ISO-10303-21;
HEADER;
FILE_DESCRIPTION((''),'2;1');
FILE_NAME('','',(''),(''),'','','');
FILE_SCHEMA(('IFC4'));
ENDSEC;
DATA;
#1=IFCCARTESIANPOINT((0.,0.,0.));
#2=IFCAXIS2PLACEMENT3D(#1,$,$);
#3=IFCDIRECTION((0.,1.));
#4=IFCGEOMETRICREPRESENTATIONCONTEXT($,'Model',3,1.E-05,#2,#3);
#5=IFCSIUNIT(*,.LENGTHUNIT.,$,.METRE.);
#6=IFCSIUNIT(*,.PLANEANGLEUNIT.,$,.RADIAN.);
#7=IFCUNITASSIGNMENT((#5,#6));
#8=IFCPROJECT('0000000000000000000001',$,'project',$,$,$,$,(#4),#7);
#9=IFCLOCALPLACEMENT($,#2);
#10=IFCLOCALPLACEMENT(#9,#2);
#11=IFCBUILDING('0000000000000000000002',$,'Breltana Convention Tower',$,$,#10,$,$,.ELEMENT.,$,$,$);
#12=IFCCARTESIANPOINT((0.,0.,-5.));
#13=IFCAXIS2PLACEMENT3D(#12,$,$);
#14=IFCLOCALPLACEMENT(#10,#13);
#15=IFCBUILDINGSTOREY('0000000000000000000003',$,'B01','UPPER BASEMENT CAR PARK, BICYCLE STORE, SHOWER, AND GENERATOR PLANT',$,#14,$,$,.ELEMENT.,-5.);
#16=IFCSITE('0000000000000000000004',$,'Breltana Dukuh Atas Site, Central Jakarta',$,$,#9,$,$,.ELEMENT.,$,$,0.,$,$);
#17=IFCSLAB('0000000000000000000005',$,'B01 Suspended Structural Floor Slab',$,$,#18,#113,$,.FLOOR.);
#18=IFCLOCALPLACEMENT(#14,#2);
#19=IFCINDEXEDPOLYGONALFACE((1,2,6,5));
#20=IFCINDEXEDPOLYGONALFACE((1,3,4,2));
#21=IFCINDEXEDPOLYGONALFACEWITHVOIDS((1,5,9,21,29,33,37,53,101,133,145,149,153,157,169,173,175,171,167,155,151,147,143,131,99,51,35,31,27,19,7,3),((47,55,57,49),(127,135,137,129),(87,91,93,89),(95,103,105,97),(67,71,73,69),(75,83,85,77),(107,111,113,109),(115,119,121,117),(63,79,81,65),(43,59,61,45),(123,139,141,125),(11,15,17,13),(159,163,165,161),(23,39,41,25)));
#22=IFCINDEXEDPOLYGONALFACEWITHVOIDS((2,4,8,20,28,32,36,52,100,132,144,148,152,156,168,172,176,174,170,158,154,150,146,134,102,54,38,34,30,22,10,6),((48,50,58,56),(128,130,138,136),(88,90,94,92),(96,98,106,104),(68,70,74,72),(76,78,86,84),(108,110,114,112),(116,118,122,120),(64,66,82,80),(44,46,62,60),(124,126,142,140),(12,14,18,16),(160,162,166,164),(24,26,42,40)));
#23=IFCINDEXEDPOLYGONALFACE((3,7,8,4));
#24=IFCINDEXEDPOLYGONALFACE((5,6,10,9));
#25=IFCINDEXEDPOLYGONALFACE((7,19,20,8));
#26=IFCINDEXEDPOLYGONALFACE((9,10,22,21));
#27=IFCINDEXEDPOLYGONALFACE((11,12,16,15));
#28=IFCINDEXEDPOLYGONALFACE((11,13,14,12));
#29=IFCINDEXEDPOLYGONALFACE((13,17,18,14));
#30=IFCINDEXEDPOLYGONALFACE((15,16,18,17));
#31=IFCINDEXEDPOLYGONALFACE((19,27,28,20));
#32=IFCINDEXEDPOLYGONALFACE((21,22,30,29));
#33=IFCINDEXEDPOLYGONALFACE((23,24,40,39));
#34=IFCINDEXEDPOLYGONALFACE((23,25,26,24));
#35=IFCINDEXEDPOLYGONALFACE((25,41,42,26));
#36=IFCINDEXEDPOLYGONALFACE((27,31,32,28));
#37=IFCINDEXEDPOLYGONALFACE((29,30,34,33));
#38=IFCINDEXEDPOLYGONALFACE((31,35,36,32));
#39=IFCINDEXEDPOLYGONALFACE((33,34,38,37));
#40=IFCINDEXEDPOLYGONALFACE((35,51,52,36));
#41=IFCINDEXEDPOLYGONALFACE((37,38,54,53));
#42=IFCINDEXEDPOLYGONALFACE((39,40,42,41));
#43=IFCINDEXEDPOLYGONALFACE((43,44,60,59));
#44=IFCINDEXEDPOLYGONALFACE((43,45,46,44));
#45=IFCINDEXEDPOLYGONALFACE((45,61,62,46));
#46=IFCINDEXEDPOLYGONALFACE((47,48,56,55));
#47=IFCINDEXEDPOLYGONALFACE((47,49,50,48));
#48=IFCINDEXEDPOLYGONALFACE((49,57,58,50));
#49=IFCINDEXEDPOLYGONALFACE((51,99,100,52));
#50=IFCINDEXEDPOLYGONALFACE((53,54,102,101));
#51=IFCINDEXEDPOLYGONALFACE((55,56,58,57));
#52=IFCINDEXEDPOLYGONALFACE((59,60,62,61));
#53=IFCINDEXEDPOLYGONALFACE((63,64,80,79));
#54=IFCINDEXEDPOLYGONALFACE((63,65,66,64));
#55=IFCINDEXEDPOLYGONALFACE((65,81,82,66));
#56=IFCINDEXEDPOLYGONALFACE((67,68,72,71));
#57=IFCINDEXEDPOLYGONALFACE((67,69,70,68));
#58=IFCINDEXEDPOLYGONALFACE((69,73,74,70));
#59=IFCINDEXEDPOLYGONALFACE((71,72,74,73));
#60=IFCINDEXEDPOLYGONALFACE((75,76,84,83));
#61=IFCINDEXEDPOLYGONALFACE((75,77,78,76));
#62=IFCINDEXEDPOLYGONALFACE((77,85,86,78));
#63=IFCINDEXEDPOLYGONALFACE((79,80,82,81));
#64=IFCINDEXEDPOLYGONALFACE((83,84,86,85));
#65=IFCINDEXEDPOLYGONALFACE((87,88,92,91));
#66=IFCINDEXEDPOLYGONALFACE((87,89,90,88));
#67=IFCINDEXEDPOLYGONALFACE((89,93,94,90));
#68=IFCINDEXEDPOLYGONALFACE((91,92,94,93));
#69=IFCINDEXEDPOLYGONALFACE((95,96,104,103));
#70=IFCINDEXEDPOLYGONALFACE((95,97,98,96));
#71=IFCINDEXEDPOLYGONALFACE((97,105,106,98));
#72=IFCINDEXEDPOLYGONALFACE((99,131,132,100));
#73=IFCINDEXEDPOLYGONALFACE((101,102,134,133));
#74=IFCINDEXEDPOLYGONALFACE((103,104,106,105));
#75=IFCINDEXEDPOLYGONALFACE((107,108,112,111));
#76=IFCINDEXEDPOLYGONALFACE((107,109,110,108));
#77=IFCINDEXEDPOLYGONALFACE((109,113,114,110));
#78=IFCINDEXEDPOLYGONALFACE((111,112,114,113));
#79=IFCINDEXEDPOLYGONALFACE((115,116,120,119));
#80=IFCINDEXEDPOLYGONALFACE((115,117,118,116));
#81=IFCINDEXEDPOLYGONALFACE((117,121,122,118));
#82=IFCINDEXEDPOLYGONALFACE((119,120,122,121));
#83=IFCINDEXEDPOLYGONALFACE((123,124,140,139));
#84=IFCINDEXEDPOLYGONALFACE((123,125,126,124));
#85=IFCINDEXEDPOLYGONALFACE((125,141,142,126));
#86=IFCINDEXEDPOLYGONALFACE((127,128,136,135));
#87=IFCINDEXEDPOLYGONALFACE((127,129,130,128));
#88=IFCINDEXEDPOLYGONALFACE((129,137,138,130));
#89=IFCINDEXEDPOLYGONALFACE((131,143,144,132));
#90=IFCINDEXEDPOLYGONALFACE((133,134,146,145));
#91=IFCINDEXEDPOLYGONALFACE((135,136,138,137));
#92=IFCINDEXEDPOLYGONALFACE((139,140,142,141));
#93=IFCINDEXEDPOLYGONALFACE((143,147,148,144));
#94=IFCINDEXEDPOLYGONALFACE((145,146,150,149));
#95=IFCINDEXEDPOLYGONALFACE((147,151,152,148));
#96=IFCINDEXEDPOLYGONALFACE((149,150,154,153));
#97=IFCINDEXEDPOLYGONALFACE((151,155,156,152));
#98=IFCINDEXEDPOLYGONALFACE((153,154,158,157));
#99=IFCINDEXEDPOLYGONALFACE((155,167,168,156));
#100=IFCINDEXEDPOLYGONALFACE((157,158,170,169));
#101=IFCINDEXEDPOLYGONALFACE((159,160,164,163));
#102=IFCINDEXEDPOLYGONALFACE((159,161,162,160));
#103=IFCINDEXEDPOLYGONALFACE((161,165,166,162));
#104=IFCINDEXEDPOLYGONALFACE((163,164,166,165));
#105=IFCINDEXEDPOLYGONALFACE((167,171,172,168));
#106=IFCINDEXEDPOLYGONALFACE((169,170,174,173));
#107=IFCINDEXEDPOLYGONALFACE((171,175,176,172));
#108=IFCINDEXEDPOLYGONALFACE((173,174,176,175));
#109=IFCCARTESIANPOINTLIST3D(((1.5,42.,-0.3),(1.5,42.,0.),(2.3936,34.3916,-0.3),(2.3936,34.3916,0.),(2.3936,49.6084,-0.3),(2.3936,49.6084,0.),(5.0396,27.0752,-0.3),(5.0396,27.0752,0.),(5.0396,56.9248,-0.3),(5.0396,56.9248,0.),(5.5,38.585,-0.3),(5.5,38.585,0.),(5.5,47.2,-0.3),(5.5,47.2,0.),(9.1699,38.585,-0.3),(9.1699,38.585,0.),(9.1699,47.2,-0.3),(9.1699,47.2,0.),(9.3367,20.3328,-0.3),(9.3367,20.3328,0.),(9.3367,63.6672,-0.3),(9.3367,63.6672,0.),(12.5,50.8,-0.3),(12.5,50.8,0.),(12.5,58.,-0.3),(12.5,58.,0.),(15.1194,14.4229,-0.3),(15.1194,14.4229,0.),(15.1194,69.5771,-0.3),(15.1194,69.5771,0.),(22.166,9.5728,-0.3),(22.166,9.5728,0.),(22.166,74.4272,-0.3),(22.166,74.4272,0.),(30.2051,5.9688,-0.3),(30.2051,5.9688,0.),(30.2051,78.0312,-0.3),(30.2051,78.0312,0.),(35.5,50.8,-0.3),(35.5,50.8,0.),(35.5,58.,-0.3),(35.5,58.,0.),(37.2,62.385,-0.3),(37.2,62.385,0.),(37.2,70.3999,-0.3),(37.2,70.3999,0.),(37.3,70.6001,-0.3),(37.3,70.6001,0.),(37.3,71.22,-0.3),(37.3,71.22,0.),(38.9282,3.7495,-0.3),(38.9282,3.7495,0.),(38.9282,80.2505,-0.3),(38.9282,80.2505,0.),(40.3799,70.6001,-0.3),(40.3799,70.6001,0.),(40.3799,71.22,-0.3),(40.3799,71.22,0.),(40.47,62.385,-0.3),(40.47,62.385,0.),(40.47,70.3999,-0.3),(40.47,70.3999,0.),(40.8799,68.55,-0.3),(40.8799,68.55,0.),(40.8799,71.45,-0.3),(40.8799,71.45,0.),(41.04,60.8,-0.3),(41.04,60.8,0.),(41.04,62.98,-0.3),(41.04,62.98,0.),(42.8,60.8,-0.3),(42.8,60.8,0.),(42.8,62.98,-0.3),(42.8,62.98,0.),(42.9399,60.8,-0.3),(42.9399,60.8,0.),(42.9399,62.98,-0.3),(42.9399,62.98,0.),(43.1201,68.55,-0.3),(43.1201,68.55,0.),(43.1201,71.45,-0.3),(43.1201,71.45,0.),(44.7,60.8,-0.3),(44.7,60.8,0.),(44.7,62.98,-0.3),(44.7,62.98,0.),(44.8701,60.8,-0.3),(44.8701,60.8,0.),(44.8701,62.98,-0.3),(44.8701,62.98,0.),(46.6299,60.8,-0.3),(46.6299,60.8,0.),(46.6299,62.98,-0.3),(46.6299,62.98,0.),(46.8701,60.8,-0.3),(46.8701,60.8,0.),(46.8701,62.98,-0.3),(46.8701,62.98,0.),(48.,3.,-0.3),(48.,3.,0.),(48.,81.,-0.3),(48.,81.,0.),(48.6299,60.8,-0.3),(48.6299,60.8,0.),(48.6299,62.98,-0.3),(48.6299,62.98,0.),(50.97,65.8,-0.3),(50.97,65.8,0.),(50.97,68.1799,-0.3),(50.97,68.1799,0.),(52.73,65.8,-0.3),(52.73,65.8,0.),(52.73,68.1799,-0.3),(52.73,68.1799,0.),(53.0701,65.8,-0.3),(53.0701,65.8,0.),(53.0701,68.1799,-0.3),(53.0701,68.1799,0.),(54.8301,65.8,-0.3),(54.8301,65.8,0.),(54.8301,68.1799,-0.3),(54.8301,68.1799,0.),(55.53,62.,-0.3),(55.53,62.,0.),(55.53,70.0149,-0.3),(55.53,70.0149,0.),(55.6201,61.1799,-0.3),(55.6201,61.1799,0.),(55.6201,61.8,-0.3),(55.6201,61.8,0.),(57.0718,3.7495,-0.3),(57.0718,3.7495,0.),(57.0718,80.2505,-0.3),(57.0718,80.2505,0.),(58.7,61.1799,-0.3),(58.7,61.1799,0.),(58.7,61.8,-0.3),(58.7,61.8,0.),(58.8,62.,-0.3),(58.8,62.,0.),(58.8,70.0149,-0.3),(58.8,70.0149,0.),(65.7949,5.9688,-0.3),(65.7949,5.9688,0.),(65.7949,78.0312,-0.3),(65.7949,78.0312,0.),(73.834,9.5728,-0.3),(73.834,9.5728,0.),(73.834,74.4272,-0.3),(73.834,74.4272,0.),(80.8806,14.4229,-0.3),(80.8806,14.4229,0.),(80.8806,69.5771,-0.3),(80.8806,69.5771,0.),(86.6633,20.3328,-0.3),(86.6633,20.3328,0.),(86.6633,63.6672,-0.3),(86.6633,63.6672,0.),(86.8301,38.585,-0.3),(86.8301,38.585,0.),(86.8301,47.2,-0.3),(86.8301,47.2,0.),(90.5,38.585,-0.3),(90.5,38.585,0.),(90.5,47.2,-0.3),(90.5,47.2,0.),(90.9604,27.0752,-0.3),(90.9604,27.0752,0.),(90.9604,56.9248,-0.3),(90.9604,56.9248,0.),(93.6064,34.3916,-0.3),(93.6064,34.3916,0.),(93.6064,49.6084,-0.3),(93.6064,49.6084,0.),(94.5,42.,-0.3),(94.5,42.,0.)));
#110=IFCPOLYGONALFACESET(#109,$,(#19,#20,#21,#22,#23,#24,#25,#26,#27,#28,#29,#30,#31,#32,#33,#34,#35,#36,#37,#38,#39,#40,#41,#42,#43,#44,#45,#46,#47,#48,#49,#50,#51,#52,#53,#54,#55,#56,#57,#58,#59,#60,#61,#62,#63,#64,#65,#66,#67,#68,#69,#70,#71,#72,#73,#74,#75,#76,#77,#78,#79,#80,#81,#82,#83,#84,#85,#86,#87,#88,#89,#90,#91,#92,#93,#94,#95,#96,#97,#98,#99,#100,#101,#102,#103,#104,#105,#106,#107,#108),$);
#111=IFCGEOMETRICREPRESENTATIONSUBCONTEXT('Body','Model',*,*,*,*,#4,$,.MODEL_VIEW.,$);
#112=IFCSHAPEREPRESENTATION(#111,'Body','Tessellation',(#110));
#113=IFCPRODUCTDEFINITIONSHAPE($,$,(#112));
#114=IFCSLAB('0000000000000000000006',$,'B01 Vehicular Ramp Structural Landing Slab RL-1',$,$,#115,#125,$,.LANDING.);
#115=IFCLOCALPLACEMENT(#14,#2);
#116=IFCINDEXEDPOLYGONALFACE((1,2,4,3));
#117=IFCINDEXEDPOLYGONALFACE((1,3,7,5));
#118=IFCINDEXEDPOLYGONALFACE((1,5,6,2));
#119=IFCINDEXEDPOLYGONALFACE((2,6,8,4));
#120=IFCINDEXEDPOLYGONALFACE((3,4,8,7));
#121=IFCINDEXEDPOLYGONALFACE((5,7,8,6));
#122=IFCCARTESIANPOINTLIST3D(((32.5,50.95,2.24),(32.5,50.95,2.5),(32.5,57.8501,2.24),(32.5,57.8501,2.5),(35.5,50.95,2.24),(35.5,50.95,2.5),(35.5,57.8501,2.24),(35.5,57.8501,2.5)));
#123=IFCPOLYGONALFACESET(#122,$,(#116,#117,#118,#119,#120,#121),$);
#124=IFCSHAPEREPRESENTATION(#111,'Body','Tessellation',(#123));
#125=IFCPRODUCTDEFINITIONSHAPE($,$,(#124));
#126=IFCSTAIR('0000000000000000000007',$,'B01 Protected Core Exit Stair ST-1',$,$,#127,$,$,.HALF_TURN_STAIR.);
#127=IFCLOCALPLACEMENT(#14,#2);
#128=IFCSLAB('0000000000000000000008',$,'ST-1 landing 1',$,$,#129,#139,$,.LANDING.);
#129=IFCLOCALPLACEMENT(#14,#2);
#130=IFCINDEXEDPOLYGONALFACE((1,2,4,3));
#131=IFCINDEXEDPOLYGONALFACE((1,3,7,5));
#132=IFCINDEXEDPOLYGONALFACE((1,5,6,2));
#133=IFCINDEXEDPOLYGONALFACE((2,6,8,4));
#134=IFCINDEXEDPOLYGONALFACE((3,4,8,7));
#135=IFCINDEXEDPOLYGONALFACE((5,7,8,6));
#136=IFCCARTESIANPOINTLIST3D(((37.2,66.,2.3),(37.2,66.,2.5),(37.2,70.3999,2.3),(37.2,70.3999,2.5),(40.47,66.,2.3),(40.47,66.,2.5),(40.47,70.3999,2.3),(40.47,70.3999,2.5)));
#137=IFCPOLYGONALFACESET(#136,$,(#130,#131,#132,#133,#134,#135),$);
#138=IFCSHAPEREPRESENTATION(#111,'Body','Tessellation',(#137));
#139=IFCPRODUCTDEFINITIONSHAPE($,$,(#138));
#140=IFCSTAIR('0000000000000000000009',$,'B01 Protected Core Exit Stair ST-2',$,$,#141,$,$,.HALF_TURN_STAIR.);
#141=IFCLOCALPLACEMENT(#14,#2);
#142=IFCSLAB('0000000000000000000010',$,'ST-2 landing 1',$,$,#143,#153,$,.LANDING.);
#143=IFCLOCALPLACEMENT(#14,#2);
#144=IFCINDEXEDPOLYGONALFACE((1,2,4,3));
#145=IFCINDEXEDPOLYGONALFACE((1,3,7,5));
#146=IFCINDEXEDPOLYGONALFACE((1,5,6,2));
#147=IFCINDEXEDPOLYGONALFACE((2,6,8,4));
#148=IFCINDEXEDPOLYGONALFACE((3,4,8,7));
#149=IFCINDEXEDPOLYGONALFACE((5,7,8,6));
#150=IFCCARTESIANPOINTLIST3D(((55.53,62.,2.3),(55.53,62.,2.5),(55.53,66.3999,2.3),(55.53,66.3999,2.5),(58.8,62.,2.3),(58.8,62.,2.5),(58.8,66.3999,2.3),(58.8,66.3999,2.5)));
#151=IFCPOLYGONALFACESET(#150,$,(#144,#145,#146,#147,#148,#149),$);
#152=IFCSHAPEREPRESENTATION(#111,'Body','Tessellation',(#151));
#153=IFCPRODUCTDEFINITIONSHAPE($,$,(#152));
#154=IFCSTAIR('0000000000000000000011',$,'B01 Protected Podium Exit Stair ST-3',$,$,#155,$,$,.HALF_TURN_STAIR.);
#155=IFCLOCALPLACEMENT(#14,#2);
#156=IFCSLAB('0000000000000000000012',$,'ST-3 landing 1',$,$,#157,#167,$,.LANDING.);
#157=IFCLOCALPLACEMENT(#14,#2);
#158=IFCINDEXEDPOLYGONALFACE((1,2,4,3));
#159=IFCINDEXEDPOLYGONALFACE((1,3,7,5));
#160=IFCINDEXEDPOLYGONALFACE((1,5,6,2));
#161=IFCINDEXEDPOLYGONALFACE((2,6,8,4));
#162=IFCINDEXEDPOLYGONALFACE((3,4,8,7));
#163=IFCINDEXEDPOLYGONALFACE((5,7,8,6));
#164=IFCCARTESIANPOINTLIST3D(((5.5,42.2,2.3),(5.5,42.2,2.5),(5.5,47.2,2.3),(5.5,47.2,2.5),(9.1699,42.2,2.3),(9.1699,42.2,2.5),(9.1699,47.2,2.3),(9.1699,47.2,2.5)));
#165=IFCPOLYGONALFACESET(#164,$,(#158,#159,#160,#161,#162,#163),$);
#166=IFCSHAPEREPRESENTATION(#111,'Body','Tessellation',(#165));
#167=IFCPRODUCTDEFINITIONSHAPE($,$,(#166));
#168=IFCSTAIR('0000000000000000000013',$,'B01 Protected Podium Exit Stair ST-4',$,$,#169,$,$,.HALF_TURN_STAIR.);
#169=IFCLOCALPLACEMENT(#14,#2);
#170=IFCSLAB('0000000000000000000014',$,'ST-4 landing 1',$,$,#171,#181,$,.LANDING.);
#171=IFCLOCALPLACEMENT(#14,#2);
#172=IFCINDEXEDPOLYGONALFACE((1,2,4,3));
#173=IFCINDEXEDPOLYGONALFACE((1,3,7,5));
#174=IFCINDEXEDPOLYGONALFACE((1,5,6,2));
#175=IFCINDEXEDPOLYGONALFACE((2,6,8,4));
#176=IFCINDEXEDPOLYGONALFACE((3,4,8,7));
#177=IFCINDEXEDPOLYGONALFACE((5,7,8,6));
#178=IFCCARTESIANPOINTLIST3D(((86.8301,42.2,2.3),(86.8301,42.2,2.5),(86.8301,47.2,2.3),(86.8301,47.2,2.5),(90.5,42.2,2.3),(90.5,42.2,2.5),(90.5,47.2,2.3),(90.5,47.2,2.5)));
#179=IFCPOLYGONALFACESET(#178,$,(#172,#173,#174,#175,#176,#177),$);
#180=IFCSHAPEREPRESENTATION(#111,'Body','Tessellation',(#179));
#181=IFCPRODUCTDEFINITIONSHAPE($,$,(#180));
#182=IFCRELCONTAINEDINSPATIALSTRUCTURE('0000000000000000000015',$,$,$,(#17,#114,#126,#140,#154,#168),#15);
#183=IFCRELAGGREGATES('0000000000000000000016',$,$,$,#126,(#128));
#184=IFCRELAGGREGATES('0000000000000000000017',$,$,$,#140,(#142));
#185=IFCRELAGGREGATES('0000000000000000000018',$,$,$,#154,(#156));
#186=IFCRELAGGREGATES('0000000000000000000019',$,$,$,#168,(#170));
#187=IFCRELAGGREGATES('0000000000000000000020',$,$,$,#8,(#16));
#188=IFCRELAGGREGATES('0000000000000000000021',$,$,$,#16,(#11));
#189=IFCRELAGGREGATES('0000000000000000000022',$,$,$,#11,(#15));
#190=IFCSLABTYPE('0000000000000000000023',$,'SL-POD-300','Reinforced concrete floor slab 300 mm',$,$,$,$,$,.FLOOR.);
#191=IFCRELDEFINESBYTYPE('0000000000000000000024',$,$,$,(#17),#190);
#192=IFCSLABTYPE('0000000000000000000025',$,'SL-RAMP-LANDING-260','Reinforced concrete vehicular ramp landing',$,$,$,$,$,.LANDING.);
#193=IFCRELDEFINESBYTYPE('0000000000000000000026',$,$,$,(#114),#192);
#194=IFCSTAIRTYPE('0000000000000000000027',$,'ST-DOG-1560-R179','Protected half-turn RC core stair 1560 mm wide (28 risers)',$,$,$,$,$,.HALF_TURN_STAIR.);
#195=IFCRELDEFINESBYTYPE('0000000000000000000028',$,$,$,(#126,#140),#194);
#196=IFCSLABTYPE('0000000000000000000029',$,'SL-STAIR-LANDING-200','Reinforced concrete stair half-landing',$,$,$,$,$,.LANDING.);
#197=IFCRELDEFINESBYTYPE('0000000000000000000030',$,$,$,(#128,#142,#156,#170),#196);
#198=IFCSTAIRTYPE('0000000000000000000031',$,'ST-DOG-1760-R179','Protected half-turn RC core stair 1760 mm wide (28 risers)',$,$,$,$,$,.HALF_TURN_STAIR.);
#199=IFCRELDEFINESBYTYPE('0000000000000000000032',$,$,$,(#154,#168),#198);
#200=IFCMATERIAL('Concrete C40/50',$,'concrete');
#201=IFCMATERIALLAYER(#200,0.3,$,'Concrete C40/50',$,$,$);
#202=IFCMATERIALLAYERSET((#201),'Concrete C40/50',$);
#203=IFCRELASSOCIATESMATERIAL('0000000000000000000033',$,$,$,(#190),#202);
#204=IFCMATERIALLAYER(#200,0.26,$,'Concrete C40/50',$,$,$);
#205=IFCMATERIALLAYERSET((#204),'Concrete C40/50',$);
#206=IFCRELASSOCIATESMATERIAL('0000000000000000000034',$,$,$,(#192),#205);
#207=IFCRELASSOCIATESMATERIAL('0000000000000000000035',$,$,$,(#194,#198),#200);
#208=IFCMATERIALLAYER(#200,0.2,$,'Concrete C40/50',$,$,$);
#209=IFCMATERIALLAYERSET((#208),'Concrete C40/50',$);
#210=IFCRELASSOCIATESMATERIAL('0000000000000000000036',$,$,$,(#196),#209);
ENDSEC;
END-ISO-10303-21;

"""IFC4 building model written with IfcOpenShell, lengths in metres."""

from ifc_helpers import new_model, si_unit, direction, frame, origin, place, context, subcontext, project, spatial, polyline, outline, extrude, material, layer, layer_set, type_object, element, aggregate, save


model = new_model("IFC4")

# Units and contexts
model_context = context("Model", 3, precision=1e-05, world=origin(), true_north=direction((0.0, 1.0)))
body_context = subcontext(model_context, "Body", "Model", "MODEL_VIEW")
ifc_project = project(units=[si_unit("LENGTHUNIT", "METRE"), si_unit("PLANEANGLEUNIT", "RADIAN")], contexts=[model_context])

# Site, building, storey
site_placement = place(None, origin())
site = spatial("IfcSite", under=ifc_project, at=site_placement, Name="Breltana Dukuh Atas Site, Central Jakarta", CompositionType="ELEMENT", RefElevation=0.0)
building_placement = place(site_placement, origin())
building = spatial("IfcBuilding", under=site, at=building_placement, Name="Breltana Convention Tower", CompositionType="ELEMENT")
storey_placement = place(building_placement, frame((0.0, 0.0, -5.0)))
storey = spatial("IfcBuildingStorey", under=building, at=storey_placement, Name="B01", Description="UPPER BASEMENT CAR PARK, BICYCLE STORE, SHOWER, AND GENERATOR PLANT", CompositionType="ELEMENT", Elevation=-5.0)

# Shared definitions
ifc_material_1 = material(Name="Concrete C40/50", Category="concrete")

# Slabs
ifc_layer_1 = layer(ifc_material_1, 0.3, Name="Concrete C40/50")
ifc_layer_set_1 = layer_set([ifc_layer_1], Name="Concrete C40/50")
slab_type_1 = type_object("IfcSlabType", Name="SL-POD-300", Description="Reinforced concrete floor slab 300 mm", PredefinedType="FLOOR", material=ifc_layer_set_1)
slab_1_placement = place(storey_placement, frame((0.0, 0.0, -0.3)))
element("IfcSlab", 1, at=slab_1_placement, inside=storey, type_object=slab_type_1, Name="B01 Suspended Structural Floor Slab", PredefinedType="FLOOR", context=body_context, shape_type="SweptSolid", body=[
    extrude(outline(polyline([(94.5, 42.0), (93.6064, 49.6084), (90.9604, 56.9248), (86.6633, 63.6672), (80.8806, 69.5771), (73.834, 74.4272), (65.7949, 78.0312), (57.0718, 80.2505), (48.0, 81.0), (38.9282, 80.2505), (30.2051, 78.0312), (22.166, 74.4272), (15.1194, 69.5771), (9.3367, 63.6672), (5.0396, 56.9248), (2.3936, 49.6084), (1.5, 42.0), (2.3936, 34.3916), (5.0396, 27.0752), (9.3367, 20.3328), (15.1194, 14.4229), (22.166, 9.5728), (30.2051, 5.9688), (38.9282, 3.7495), (48.0, 3.0), (57.0718, 3.7495), (65.7949, 5.9688), (73.834, 9.5728), (80.8806, 14.4229), (86.6633, 20.3328), (90.9604, 27.0752), (93.6064, 34.3916), (94.5, 42.0)]), holes=[polyline([(37.2, 62.385), (40.47, 62.385), (40.47, 70.3999), (37.2, 70.3999), (37.2, 62.385)]), polyline([(55.53, 62.0), (58.8, 62.0), (58.8, 70.0149), (55.53, 70.0149), (55.53, 62.0)]), polyline([(5.5, 38.585), (9.1699, 38.585), (9.1699, 47.2), (5.5, 47.2), (5.5, 38.585)]), polyline([(86.8301, 38.585), (90.5, 38.585), (90.5, 47.2), (86.8301, 47.2), (86.8301, 38.585)]), polyline([(41.04, 60.8), (42.8, 60.8), (42.8, 62.98), (41.04, 62.98), (41.04, 60.8)]), polyline([(42.9399, 60.8), (44.7, 60.8), (44.7, 62.98), (42.9399, 62.98), (42.9399, 60.8)]), polyline([(44.8701, 60.8), (46.6299, 60.8), (46.6299, 62.98), (44.8701, 62.98), (44.8701, 60.8)]), polyline([(46.8701, 60.8), (48.6299, 60.8), (48.6299, 62.98), (46.8701, 62.98), (46.8701, 60.8)]), polyline([(50.97, 65.8), (52.73, 65.8), (52.73, 68.1799), (50.97, 68.1799), (50.97, 65.8)]), polyline([(53.0701, 65.8), (54.8301, 65.8), (54.8301, 68.1799), (53.0701, 68.1799), (53.0701, 65.8)]), polyline([(40.8799, 68.55), (43.1201, 68.55), (43.1201, 71.45), (40.8799, 71.45), (40.8799, 68.55)]), polyline([(37.3, 70.6001), (40.3799, 70.6001), (40.3799, 71.22), (37.3, 71.22), (37.3, 70.6001)]), polyline([(55.6201, 61.1799), (58.7, 61.1799), (58.7, 61.8), (55.6201, 61.8), (55.6201, 61.1799)]), polyline([(12.5, 50.8), (35.5, 50.8), (35.5, 58.0), (12.5, 58.0), (12.5, 50.8)])]), origin(), (0.0, 0.0, 1.0), 0.3),
])
ifc_layer_2 = layer(ifc_material_1, 0.26, Name="Concrete C40/50")
ifc_layer_set_2 = layer_set([ifc_layer_2], Name="Concrete C40/50")
slab_type_2 = type_object("IfcSlabType", Name="SL-RAMP-LANDING-260", Description="Reinforced concrete vehicular ramp landing", PredefinedType="LANDING", material=ifc_layer_set_2)
slab_2_placement = place(storey_placement, frame((0.0, 0.0, 2.24)))
element("IfcSlab", 2, at=slab_2_placement, inside=storey, type_object=slab_type_2, Name="B01 Vehicular Ramp Structural Landing Slab RL-1", PredefinedType="LANDING", context=body_context, shape_type="SweptSolid", body=[
    extrude(outline(polyline([(32.5, 50.95), (35.5, 50.95), (35.5, 57.8501), (32.5, 57.8501), (32.5, 50.95)])), origin(), (0.0, 0.0, 1.0), 0.26),
])

# Stairs, slabs
stair_type_1 = type_object("IfcStairType", Name="ST-DOG-1560-R179", Description="Protected half-turn RC core stair 1560 mm wide (28 risers)", PredefinedType="HALF_TURN_STAIR", material=ifc_material_1)
stair_1_placement = place(storey_placement, origin())
stair_1 = element("IfcStair", 3, at=stair_1_placement, inside=storey, type_object=stair_type_1, Name="B01 Protected Core Exit Stair ST-1", PredefinedType="HALF_TURN_STAIR")
ifc_layer_3 = layer(ifc_material_1, 0.2, Name="Concrete C40/50")
ifc_layer_set_3 = layer_set([ifc_layer_3], Name="Concrete C40/50")
slab_type_3 = type_object("IfcSlabType", Name="SL-STAIR-LANDING-200", Description="Reinforced concrete stair half-landing", PredefinedType="LANDING", material=ifc_layer_set_3)
slab_3_placement = place(storey_placement, frame((0.0, 0.0, 2.3)))
slab_3 = element("IfcSlab", 4, at=slab_3_placement, type_object=slab_type_3, Name="ST-1 landing 1", PredefinedType="LANDING", context=body_context, shape_type="SweptSolid", body=[
    extrude(outline(polyline([(40.47, 66.0), (40.47, 70.3999), (37.2, 70.3999), (37.2, 66.0), (40.47, 66.0)])), origin(), (0.0, 0.0, 1.0), 0.2),
])
aggregate(stair_1, [slab_3])
stair_2_placement = place(storey_placement, origin())
stair_2 = element("IfcStair", 5, at=stair_2_placement, inside=storey, type_object=stair_type_1, Name="B01 Protected Core Exit Stair ST-2", PredefinedType="HALF_TURN_STAIR")
slab_4_placement = place(storey_placement, frame((0.0, 0.0, 2.3)))
slab_4 = element("IfcSlab", 6, at=slab_4_placement, type_object=slab_type_3, Name="ST-2 landing 1", PredefinedType="LANDING", context=body_context, shape_type="SweptSolid", body=[
    extrude(outline(polyline([(55.53, 66.3999), (55.53, 62.0), (58.8, 62.0), (58.8, 66.3999), (55.53, 66.3999)])), origin(), (0.0, 0.0, 1.0), 0.2),
])
aggregate(stair_2, [slab_4])
stair_type_2 = type_object("IfcStairType", Name="ST-DOG-1760-R179", Description="Protected half-turn RC core stair 1760 mm wide (28 risers)", PredefinedType="HALF_TURN_STAIR", material=ifc_material_1)
stair_3_placement = place(storey_placement, origin())
stair_3 = element("IfcStair", 7, at=stair_3_placement, inside=storey, type_object=stair_type_2, Name="B01 Protected Podium Exit Stair ST-3", PredefinedType="HALF_TURN_STAIR")
slab_5_placement = place(storey_placement, frame((0.0, 0.0, 2.3)))
slab_5 = element("IfcSlab", 8, at=slab_5_placement, type_object=slab_type_3, Name="ST-3 landing 1", PredefinedType="LANDING", context=body_context, shape_type="SweptSolid", body=[
    extrude(outline(polyline([(9.1699, 42.2), (9.1699, 47.2), (5.5, 47.2), (5.5, 42.2), (9.1699, 42.2)])), origin(), (0.0, 0.0, 1.0), 0.2),
])
aggregate(stair_3, [slab_5])
stair_4_placement = place(storey_placement, origin())
stair_4 = element("IfcStair", 9, at=stair_4_placement, inside=storey, type_object=stair_type_2, Name="B01 Protected Podium Exit Stair ST-4", PredefinedType="HALF_TURN_STAIR")
slab_6_placement = place(storey_placement, frame((0.0, 0.0, 2.3)))
slab_6 = element("IfcSlab", 10, at=slab_6_placement, type_object=slab_type_3, Name="ST-4 landing 1", PredefinedType="LANDING", context=body_context, shape_type="SweptSolid", body=[
    extrude(outline(polyline([(90.5, 42.2), (90.5, 47.2), (86.8301, 47.2), (86.8301, 42.2), (90.5, 42.2)])), origin(), (0.0, 0.0, 1.0), 0.2),
])
aggregate(stair_4, [slab_6])

save(model, "model.ifc")
